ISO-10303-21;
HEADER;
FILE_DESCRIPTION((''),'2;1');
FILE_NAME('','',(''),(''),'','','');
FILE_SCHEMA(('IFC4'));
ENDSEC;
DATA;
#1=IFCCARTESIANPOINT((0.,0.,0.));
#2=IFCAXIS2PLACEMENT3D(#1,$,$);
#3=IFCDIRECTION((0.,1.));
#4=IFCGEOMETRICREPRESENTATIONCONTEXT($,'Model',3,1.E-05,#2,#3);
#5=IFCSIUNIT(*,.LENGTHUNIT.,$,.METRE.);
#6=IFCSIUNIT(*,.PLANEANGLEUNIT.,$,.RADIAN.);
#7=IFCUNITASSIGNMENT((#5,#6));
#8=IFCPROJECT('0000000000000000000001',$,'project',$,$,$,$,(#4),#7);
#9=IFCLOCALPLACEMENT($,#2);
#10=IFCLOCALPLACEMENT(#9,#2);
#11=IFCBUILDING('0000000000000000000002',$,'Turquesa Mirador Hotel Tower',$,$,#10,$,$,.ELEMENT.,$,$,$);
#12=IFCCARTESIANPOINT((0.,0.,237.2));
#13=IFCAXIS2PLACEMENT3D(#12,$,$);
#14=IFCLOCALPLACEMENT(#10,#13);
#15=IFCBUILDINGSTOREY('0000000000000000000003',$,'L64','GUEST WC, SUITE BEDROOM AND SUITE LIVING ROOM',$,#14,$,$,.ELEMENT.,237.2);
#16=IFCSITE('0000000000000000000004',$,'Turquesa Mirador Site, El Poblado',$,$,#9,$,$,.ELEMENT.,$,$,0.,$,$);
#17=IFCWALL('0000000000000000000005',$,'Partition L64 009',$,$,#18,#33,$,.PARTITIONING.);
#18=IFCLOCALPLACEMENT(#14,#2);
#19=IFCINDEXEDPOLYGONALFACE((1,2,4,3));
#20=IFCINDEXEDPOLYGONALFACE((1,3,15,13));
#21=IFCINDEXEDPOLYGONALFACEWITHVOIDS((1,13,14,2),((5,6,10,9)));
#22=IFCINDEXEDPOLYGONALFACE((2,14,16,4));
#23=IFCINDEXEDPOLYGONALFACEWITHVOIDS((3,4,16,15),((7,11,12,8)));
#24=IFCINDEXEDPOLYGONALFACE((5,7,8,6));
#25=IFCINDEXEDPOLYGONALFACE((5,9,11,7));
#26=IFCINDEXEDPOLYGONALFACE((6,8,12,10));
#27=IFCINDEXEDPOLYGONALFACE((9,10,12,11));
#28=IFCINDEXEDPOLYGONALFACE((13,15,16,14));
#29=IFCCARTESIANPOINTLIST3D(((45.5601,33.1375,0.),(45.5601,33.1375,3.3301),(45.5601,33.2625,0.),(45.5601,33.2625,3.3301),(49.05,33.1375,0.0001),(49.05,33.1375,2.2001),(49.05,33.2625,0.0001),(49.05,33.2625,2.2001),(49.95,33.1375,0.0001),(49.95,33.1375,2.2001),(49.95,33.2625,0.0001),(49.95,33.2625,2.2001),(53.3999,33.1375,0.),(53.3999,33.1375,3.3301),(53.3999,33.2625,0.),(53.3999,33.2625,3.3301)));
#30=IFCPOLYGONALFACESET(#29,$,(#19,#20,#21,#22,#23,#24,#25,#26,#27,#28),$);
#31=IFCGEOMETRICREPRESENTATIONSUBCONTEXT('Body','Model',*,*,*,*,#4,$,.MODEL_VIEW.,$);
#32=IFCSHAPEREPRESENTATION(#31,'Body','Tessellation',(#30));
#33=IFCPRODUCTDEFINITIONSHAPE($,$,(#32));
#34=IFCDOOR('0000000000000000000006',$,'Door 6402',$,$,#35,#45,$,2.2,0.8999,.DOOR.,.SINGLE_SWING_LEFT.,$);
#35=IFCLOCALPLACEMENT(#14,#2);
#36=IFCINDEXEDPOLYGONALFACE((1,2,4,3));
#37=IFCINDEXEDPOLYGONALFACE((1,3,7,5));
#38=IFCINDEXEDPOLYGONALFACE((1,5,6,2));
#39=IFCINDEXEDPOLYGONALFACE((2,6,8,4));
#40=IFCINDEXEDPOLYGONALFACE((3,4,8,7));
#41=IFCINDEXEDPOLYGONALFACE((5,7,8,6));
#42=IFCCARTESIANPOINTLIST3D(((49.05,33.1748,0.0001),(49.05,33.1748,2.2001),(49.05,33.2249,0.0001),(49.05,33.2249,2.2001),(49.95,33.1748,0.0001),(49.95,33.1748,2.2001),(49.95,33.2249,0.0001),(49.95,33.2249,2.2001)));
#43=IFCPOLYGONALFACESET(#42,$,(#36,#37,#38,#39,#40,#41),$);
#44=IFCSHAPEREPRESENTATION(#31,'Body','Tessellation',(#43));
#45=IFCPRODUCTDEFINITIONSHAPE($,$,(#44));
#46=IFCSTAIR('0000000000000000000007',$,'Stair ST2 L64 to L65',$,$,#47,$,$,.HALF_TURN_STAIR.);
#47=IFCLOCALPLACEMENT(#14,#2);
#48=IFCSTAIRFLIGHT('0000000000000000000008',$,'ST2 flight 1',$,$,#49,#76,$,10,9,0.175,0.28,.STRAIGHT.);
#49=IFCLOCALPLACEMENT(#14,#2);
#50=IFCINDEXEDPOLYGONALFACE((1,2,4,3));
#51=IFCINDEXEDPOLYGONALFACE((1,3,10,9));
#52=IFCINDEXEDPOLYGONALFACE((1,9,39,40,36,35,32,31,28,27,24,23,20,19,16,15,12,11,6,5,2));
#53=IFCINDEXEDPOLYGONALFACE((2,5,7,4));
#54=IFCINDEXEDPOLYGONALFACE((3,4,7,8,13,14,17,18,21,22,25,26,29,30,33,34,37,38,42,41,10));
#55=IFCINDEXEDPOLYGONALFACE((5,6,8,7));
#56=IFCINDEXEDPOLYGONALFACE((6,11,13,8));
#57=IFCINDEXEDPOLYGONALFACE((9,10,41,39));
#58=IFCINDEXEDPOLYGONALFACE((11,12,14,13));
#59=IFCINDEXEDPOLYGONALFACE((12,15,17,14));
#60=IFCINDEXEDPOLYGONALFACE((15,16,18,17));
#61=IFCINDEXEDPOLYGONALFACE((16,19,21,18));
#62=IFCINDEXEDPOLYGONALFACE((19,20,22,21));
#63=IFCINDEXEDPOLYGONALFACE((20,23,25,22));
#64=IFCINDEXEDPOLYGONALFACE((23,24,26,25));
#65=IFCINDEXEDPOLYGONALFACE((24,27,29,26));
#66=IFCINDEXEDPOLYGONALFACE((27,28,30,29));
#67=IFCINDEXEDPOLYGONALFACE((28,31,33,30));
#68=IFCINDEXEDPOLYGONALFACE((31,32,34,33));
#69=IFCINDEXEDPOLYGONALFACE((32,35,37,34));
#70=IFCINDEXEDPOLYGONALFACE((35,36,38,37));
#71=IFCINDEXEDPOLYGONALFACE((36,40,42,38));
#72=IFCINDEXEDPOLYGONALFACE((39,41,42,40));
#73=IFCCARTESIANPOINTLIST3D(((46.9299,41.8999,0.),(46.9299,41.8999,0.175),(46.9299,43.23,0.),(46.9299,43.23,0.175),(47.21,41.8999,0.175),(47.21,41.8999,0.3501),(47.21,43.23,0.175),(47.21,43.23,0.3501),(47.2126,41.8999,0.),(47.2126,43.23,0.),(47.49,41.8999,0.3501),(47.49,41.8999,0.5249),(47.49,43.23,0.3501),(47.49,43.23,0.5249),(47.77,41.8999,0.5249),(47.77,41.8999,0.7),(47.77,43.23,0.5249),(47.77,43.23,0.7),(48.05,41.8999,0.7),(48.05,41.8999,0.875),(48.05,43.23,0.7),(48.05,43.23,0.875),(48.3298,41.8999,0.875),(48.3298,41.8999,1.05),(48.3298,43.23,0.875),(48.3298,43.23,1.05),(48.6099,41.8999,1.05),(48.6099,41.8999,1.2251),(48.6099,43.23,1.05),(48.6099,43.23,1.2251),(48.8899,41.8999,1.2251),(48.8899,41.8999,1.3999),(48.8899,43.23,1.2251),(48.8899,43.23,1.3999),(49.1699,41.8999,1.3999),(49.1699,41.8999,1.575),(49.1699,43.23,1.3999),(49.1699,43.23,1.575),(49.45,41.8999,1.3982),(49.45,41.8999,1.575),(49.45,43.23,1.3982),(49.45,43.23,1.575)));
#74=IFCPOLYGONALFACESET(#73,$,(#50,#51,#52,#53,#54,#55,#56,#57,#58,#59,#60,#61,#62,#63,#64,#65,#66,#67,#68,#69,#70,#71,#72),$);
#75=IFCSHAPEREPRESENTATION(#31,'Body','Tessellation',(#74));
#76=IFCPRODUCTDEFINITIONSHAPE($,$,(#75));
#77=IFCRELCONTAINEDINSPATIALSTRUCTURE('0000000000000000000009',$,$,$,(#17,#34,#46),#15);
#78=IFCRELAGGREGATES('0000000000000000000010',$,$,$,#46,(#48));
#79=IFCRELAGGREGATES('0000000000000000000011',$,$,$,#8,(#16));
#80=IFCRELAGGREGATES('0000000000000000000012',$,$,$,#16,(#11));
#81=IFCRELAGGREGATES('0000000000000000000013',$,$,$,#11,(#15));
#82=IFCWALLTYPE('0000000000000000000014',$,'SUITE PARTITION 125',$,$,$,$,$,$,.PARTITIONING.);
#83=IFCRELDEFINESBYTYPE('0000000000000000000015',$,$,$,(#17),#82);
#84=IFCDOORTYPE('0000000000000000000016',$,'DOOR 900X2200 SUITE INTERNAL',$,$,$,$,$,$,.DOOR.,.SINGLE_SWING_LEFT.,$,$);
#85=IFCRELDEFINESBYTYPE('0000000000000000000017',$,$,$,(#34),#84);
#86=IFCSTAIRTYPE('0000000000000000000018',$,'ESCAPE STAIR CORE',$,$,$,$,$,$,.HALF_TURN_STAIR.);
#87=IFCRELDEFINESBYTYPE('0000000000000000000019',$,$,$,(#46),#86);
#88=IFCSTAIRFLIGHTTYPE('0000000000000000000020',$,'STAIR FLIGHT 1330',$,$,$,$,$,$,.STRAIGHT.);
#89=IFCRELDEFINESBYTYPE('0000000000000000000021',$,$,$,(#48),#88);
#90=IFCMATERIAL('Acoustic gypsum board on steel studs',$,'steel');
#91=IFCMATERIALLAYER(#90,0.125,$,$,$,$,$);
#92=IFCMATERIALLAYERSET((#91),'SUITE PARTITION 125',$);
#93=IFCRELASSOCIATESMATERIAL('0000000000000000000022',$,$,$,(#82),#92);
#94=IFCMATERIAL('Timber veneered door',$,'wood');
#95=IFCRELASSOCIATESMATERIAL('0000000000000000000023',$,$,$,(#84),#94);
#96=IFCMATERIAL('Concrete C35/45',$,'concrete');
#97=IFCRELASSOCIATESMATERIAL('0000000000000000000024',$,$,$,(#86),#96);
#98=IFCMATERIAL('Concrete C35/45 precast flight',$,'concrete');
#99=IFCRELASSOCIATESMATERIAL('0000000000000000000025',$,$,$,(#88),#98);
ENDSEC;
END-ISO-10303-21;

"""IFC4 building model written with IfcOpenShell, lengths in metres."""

from ifc_helpers import new_model, si_unit, direction, frame, frame_2d, origin, place, context, subcontext, project, spatial, polyline, rectangle, outline, extrude, material, layer, layer_set, type_object, element, fill, aggregate, save


model = new_model("IFC4")

# Units and contexts
model_context = context("Model", 3, precision=1e-05, world=origin(), true_north=direction((0.0, 1.0)))
body_context = subcontext(model_context, "Body", "Model", "MODEL_VIEW")
ifc_project = project(units=[si_unit("LENGTHUNIT", "METRE"), si_unit("PLANEANGLEUNIT", "RADIAN")], contexts=[model_context])

# Site, building, storey
site_placement = place(None, origin())
site = spatial("IfcSite", under=ifc_project, at=site_placement, Name="Turquesa Mirador Site, El Poblado", CompositionType="ELEMENT", RefElevation=0.0)
building_placement = place(site_placement, origin())
building = spatial("IfcBuilding", under=site, at=building_placement, Name="Turquesa Mirador Hotel Tower", CompositionType="ELEMENT")
storey_placement = place(building_placement, frame((0.0, 0.0, 237.2)))
storey = spatial("IfcBuildingStorey", under=building, at=storey_placement, Name="L64", Description="GUEST WC, SUITE BEDROOM AND SUITE LIVING ROOM", CompositionType="ELEMENT", Elevation=237.2)

# Wall, opening, door
ifc_material_1 = material(Name="Acoustic gypsum board on steel studs", Category="steel")
ifc_layer_1 = layer(ifc_material_1, 0.125)
ifc_layer_set_1 = layer_set([ifc_layer_1], Name="SUITE PARTITION 125")
wall_type_1 = type_object("IfcWallType", Name="SUITE PARTITION 125", PredefinedType="PARTITIONING", material=ifc_layer_set_1)
wall_1_placement = place(storey_placement, frame((45.5601, 33.2, 0.0), z_axis=(0.0, 0.0, 1.0), x_axis=(1.0, 0.0, 0.0)))
wall_1 = element("IfcWall", 1, at=wall_1_placement, inside=storey, type_object=wall_type_1, Name="Partition L64 009", PredefinedType="PARTITIONING", context=body_context, shape_type="SweptSolid", body=[
    extrude(rectangle(XDim=7.8398, YDim=0.125, at=frame_2d((3.9199, 0.0))), origin(), (0.0, 0.0, 1.0), 3.3301),
])
opening_1_placement = place(wall_1_placement, frame((3.49, 0.0, 0.0)))
opening_1 = element("IfcOpeningElement", 2, at=opening_1_placement, cuts=wall_1, PredefinedType="OPENING", context=body_context, shape_type="SweptSolid", body=[
    extrude(rectangle(XDim=0.8999, YDim=2.2, at=frame_2d((0.45, 1.1001))), frame((0.0, 0.0725, 0.0), z_axis=(0.0, -1.0, 0.0), x_axis=(1.0, 0.0, 0.0)), (0.0, 0.0, 1.0), 0.145),
])
ifc_material_2 = material(Name="Timber veneered door", Category="wood")
door_type_1 = type_object("IfcDoorType", Name="DOOR 900X2200 SUITE INTERNAL", OperationType="SINGLE_SWING_LEFT", PredefinedType="DOOR", material=ifc_material_2)
door_1_placement = place(opening_1_placement, origin())
door_1 = element("IfcDoor", 3, at=door_1_placement, inside=storey, type_object=door_type_1, Name="Door 6402", OperationType="SINGLE_SWING_LEFT", OverallHeight=2.2, OverallWidth=0.8999, PredefinedType="DOOR", context=body_context, shape_type="SweptSolid", body=[
    extrude(rectangle(XDim=0.8999, YDim=2.2, at=frame_2d((0.45, 1.1001))), frame((0.0, 0.0249, 0.0), z_axis=(0.0, -1.0, 0.0), x_axis=(1.0, 0.0, 0.0)), (0.0, 0.0, 1.0), 0.05),
])
fill(opening_1, door_1)

# Stair, stair flight
ifc_material_3 = material(Name="Concrete C35/45", Category="concrete")
stair_type = type_object("IfcStairType", Name="ESCAPE STAIR CORE", PredefinedType="HALF_TURN_STAIR", material=ifc_material_3)
stair_placement = place(storey_placement, origin())
stair = element("IfcStair", 4, at=stair_placement, inside=storey, type_object=stair_type, Name="Stair ST2 L64 to L65", PredefinedType="HALF_TURN_STAIR")
ifc_material_4 = material(Name="Concrete C35/45 precast flight", Category="concrete")
stair_flight_type = type_object("IfcStairFlightType", Name="STAIR FLIGHT 1330", PredefinedType="STRAIGHT", material=ifc_material_4)
stair_flight_placement = place(storey_placement, frame((46.9299, 42.5649, 0.0), z_axis=(0.0, 0.0, 1.0), x_axis=(1.0, 0.0, 0.0)))
stair_flight = element("IfcStairFlight", 5, at=stair_flight_placement, type_object=stair_flight_type, Name="ST2 flight 1", NumberOfRisers=10, NumberOfTreads=9, PredefinedType="STRAIGHT", RiserHeight=0.175, TreadLength=0.28, context=body_context, shape_type="SweptSolid", body=[
    extrude(outline(polyline([(0.0, 0.0), (0.0, 0.175), (0.28, 0.175), (0.28, 0.3501), (0.5601, 0.3501), (0.5601, 0.5249), (0.8401, 0.5249), (0.8401, 0.7), (1.1201, 0.7), (1.1201, 0.875), (1.3999, 0.875), (1.3999, 1.05), (1.6799, 1.05), (1.6799, 1.2251), (1.96, 1.2251), (1.96, 1.3999), (2.24, 1.3999), (2.24, 1.575), (2.52, 1.575), (2.52, 1.75), (2.52, 1.3982), (0.2827, 0.0), (0.0, 0.0)])), frame((0.0, 0.665, 0.0), z_axis=(0.0, -1.0, 0.0), x_axis=(1.0, 0.0, 0.0)), (0.0, 0.0, 1.0), 1.3301),
])
aggregate(stair, [stair_flight])

save(model, "model.ifc")
